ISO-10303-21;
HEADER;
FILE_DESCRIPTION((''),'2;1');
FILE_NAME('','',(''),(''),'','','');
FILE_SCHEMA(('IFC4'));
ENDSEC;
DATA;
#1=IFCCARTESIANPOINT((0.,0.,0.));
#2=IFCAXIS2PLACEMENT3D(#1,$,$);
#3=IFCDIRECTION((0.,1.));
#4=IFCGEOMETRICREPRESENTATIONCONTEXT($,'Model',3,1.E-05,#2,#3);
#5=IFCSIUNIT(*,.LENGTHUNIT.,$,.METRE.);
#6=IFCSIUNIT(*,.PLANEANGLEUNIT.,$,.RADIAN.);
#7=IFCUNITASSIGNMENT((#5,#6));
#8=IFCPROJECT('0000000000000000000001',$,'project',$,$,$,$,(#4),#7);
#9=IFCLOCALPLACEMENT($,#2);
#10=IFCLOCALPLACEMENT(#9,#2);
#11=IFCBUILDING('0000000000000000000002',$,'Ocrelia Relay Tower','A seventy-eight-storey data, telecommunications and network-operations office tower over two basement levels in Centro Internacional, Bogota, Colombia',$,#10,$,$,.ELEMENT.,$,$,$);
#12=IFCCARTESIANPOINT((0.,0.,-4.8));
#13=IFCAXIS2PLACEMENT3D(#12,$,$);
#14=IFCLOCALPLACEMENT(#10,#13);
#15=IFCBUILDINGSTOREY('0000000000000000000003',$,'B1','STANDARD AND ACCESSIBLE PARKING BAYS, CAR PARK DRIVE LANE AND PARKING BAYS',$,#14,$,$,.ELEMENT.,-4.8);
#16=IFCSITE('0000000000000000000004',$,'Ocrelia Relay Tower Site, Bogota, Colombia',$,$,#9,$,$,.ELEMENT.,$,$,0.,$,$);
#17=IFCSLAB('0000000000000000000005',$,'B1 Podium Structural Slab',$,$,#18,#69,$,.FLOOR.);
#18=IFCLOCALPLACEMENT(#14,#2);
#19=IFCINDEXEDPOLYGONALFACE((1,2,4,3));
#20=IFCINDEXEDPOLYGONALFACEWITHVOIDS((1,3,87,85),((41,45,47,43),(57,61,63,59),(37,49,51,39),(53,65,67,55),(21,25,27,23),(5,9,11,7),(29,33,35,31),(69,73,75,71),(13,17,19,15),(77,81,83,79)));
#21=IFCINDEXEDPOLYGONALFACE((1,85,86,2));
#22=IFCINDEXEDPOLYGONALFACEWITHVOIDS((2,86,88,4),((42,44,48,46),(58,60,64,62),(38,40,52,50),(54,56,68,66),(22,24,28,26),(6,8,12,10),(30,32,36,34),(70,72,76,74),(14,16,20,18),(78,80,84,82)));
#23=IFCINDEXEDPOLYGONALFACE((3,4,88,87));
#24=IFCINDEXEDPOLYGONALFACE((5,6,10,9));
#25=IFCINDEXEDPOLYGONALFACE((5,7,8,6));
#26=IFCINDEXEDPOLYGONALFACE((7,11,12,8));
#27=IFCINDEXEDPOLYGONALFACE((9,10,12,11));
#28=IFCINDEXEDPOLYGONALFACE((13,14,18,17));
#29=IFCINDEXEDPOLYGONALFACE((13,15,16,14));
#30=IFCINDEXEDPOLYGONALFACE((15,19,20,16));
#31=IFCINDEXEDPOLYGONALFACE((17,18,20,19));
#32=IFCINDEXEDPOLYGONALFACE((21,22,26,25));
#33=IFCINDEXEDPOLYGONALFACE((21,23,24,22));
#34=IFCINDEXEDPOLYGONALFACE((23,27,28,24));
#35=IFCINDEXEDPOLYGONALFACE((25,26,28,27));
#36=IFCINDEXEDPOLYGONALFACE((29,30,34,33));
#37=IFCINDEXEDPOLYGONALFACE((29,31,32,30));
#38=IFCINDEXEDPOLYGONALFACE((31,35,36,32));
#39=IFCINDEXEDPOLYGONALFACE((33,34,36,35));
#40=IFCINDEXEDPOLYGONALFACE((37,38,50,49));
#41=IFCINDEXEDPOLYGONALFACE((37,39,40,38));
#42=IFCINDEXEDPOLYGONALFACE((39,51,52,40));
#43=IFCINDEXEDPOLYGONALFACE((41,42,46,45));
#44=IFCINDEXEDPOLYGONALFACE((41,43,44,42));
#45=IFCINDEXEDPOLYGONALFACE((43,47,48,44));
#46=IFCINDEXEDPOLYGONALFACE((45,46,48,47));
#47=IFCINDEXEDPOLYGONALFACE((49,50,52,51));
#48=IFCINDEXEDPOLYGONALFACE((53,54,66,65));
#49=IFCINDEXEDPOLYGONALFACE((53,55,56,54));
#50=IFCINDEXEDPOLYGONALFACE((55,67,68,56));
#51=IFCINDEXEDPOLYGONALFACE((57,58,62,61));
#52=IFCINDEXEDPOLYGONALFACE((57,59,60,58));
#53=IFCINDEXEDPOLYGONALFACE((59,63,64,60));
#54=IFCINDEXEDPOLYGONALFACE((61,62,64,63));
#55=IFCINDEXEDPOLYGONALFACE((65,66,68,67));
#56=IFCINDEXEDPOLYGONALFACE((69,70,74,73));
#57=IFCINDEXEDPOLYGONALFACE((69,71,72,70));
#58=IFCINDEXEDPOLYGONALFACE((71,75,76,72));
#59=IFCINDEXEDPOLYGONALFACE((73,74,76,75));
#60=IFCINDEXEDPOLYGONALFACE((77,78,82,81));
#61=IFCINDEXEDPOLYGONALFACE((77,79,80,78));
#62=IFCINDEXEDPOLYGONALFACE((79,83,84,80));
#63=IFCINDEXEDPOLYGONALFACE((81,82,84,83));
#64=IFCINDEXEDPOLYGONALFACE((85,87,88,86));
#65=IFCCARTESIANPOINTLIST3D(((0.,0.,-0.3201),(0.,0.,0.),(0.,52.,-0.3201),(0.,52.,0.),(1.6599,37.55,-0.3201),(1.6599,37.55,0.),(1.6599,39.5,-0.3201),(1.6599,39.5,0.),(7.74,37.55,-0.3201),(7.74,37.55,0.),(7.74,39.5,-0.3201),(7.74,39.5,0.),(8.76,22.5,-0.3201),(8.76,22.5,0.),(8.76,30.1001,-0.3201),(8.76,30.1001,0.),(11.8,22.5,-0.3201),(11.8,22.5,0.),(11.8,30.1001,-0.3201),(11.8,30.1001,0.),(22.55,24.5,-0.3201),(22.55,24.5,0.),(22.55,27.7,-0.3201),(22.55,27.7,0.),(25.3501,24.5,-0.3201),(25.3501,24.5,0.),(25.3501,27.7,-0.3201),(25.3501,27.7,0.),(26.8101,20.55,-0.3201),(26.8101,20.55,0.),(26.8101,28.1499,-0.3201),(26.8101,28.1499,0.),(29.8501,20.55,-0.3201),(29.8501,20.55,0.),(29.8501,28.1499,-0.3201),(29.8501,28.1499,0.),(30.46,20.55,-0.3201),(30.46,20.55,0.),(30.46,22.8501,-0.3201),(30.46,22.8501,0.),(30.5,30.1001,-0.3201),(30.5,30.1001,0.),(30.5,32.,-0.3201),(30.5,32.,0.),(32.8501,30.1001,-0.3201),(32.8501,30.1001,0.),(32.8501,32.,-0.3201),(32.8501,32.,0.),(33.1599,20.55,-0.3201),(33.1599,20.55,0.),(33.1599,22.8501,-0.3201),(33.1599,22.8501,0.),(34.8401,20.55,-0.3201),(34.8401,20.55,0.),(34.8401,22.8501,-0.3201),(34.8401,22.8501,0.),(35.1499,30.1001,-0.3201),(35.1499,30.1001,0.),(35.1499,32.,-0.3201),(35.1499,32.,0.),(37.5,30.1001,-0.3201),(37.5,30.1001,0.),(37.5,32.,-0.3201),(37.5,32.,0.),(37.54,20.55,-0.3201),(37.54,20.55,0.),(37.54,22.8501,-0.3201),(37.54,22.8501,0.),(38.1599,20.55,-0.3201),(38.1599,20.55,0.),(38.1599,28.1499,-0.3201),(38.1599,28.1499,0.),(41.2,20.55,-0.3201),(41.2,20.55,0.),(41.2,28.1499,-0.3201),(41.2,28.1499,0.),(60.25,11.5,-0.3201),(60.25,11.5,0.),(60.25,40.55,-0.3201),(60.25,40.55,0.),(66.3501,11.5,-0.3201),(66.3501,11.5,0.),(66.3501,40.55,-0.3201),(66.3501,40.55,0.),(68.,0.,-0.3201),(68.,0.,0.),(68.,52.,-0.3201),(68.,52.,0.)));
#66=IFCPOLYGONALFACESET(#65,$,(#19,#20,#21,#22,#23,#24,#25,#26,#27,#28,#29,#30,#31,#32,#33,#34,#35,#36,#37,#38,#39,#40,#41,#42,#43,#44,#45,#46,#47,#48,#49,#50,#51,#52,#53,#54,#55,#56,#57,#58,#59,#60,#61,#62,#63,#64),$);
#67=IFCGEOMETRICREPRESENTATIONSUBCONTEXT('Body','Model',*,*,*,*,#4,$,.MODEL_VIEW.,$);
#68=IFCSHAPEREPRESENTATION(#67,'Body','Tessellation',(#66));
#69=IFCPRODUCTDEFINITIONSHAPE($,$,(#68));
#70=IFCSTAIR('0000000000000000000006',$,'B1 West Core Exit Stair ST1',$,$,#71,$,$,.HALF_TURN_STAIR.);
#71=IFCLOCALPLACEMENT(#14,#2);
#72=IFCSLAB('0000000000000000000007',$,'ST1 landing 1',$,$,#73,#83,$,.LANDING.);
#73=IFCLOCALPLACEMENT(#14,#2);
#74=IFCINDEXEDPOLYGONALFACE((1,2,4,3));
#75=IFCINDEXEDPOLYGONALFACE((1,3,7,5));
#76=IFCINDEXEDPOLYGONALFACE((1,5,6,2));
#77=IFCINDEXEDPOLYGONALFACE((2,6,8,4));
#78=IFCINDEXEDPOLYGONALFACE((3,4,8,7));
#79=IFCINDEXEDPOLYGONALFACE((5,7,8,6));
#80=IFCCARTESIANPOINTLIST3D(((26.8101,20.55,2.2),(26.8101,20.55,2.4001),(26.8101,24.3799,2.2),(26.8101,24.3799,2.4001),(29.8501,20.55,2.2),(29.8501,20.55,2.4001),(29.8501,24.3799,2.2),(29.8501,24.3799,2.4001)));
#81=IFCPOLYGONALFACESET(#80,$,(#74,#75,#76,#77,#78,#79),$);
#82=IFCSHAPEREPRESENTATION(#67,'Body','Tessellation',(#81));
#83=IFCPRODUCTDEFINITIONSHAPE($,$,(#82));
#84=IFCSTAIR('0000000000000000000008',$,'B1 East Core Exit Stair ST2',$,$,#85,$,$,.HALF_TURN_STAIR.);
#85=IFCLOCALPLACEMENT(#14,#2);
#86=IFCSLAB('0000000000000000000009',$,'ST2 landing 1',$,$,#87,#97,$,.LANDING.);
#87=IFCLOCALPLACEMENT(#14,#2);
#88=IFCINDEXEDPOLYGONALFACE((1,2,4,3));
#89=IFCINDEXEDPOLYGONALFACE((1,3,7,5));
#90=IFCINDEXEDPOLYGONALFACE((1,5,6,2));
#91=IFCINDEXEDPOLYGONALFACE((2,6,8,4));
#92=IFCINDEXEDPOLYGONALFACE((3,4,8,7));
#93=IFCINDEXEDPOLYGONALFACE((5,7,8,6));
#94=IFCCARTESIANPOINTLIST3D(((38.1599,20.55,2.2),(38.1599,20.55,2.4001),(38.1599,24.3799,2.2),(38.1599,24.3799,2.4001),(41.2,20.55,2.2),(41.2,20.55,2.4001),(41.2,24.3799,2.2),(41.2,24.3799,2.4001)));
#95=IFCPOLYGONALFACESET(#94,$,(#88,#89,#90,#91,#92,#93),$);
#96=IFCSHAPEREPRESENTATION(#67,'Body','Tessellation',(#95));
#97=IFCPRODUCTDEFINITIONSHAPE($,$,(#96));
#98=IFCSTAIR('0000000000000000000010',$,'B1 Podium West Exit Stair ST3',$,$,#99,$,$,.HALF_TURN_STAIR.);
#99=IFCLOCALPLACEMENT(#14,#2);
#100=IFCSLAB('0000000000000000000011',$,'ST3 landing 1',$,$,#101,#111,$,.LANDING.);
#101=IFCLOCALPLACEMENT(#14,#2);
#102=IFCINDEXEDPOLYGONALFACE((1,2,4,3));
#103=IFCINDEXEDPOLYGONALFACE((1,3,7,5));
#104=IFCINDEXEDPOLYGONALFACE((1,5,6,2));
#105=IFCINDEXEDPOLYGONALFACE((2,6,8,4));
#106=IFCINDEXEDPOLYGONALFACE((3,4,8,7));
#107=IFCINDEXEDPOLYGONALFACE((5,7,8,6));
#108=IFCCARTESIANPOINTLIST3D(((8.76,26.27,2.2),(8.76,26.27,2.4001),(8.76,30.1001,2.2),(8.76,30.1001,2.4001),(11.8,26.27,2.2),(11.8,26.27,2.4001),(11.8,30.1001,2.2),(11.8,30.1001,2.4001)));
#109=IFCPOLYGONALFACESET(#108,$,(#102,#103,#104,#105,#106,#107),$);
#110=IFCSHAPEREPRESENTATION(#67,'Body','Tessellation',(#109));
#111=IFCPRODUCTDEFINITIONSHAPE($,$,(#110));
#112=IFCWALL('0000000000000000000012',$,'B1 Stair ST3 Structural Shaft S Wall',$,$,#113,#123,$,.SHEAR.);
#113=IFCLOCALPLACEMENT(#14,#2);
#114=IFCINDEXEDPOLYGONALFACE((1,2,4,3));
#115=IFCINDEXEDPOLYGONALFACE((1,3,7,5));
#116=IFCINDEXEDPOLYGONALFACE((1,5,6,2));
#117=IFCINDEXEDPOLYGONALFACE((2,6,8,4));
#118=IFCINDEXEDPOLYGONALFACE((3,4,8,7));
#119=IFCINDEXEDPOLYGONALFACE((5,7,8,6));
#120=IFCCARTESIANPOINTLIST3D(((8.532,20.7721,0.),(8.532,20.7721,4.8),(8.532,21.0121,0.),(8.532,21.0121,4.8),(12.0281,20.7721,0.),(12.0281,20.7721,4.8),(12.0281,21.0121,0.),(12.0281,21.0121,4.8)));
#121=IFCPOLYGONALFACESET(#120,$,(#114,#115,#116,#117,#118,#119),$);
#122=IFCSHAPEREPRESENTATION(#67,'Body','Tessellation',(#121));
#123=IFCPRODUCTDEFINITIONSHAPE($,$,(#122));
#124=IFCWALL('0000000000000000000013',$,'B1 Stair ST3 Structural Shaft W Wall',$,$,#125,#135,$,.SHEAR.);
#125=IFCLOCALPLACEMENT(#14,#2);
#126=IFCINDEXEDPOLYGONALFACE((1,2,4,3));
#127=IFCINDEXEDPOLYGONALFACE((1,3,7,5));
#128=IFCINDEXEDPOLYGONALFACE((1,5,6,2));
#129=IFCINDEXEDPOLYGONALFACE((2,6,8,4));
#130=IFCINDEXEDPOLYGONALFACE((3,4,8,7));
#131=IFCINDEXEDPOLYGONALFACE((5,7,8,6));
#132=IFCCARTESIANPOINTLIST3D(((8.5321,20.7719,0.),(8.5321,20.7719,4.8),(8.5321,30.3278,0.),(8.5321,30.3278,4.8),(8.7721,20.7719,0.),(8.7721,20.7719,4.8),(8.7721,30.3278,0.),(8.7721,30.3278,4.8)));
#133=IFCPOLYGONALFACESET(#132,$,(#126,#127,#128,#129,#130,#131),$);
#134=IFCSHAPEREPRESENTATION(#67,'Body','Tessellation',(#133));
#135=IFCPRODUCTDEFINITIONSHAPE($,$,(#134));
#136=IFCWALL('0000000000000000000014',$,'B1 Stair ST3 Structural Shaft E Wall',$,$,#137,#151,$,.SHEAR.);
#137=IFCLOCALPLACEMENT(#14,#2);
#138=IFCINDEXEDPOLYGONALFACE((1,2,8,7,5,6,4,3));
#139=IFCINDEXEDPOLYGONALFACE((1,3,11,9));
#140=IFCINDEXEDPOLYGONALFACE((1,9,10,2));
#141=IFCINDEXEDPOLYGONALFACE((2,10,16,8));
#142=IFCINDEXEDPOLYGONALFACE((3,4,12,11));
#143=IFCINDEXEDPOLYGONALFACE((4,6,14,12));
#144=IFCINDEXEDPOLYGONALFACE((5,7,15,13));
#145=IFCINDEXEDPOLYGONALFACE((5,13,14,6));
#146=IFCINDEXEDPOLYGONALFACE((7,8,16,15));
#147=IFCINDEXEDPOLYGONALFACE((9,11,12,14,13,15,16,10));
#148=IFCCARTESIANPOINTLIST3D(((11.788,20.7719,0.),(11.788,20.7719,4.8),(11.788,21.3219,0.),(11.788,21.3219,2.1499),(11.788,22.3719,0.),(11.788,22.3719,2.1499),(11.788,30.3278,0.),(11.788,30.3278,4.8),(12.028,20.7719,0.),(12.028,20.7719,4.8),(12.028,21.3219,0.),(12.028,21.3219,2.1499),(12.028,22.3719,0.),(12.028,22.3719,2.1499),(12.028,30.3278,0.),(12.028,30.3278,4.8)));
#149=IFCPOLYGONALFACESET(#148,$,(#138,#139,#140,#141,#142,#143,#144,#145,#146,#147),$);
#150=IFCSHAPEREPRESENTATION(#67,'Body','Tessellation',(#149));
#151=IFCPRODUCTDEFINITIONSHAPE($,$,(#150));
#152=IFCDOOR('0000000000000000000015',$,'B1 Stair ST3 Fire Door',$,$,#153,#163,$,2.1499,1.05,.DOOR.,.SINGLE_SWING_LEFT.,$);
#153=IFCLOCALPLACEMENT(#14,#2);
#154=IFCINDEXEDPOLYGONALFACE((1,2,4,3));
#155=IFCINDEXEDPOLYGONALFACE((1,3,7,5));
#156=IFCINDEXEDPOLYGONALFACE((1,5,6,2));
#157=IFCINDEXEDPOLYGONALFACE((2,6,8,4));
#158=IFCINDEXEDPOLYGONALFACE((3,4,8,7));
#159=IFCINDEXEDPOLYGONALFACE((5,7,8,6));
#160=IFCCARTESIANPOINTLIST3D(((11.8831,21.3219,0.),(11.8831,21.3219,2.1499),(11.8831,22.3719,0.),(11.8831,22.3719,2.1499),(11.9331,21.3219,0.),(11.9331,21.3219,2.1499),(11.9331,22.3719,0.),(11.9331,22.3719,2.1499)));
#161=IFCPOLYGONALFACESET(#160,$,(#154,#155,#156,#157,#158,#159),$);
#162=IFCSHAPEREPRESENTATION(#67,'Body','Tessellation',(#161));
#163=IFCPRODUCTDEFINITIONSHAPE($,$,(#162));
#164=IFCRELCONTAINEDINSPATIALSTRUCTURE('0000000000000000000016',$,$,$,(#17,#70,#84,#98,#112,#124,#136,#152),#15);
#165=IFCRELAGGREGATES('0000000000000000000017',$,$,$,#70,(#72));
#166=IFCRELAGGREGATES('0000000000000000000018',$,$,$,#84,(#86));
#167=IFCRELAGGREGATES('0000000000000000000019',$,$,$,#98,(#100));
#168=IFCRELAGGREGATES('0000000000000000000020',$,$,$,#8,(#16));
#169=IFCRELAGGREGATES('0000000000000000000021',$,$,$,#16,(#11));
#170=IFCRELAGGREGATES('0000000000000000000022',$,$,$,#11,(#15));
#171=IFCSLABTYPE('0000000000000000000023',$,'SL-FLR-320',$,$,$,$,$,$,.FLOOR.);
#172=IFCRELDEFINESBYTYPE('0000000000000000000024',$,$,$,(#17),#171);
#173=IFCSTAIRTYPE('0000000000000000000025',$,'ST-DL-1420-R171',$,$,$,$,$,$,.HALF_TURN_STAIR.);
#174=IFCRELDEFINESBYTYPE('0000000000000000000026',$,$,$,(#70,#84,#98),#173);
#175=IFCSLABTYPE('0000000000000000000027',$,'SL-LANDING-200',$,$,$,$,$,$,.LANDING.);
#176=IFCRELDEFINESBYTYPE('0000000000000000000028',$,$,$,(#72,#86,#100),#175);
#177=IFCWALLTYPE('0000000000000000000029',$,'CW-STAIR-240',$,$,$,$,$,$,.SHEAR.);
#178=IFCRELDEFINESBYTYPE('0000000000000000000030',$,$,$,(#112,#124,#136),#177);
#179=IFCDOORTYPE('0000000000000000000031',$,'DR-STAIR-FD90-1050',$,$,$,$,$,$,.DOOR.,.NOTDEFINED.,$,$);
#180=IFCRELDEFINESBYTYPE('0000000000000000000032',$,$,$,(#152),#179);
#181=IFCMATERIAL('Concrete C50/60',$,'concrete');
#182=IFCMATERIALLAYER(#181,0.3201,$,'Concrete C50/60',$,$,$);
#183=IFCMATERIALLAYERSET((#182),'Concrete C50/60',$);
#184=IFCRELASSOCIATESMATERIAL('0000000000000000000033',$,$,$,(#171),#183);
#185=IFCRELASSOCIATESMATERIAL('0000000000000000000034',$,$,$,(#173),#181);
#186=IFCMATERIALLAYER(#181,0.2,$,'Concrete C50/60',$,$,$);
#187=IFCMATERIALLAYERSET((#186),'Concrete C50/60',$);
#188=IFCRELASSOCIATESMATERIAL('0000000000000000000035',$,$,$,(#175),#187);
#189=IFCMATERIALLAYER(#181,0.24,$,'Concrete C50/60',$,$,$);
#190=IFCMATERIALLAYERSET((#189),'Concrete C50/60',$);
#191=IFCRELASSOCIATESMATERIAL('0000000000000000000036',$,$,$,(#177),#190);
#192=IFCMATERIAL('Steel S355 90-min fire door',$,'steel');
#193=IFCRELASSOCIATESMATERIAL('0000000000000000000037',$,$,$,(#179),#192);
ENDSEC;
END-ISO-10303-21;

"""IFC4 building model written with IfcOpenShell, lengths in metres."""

from ifc_helpers import new_model, si_unit, direction, frame, frame_2d, origin, place, context, subcontext, project, spatial, polyline, rectangle, outline, extrude, material, layer, layer_set, type_object, element, fill, aggregate, save


model = new_model("IFC4")

# Units and contexts
model_context = context("Model", 3, precision=1e-05, world=origin(), true_north=direction((0.0, 1.0)))
body_context = subcontext(model_context, "Body", "Model", "MODEL_VIEW")
ifc_project = project(units=[si_unit("LENGTHUNIT", "METRE"), si_unit("PLANEANGLEUNIT", "RADIAN")], contexts=[model_context])

# Site, building, storey
site_placement = place(None, origin())
site = spatial("IfcSite", under=ifc_project, at=site_placement, Name="Ocrelia Relay Tower Site, Bogota, Colombia", CompositionType="ELEMENT", RefElevation=0.0)
building_placement = place(site_placement, origin())
building = spatial("IfcBuilding", under=site, at=building_placement, Name="Ocrelia Relay Tower", Description="A seventy-eight-storey data, telecommunications and network-operations office tower over two basement levels in Centro Internacional, Bogota, Colombia", CompositionType="ELEMENT")
storey_placement = place(building_placement, frame((0.0, 0.0, -4.8)))
storey = spatial("IfcBuildingStorey", under=building, at=storey_placement, Name="B1", Description="STANDARD AND ACCESSIBLE PARKING BAYS, CAR PARK DRIVE LANE AND PARKING BAYS", CompositionType="ELEMENT", Elevation=-4.8)

# Shared definitions
ifc_material_1 = material(Name="Concrete C50/60", Category="concrete")

# Slab
ifc_layer_1 = layer(ifc_material_1, 0.3201, Name="Concrete C50/60")
ifc_layer_set_1 = layer_set([ifc_layer_1], Name="Concrete C50/60")
slab_type_1 = type_object("IfcSlabType", Name="SL-FLR-320", PredefinedType="FLOOR", material=ifc_layer_set_1)
slab_1_placement = place(storey_placement, frame((0.0, 0.0, -0.3201)))
element("IfcSlab", 1, at=slab_1_placement, inside=storey, type_object=slab_type_1, Name="B1 Podium Structural Slab", PredefinedType="FLOOR", context=body_context, shape_type="SweptSolid", body=[
    extrude(outline(polyline([(0.0, 0.0), (68.0, 0.0), (68.0, 52.0), (0.0, 52.0), (0.0, 0.0)]), holes=[polyline([(26.8101, 28.1499), (26.8101, 20.55), (29.8501, 20.55), (29.8501, 28.1499), (26.8101, 28.1499)]), polyline([(38.1599, 28.1499), (38.1599, 20.55), (41.2, 20.55), (41.2, 28.1499), (38.1599, 28.1499)]), polyline([(11.8, 22.5), (11.8, 30.1001), (8.76, 30.1001), (8.76, 22.5), (11.8, 22.5)]), polyline([(30.46, 20.55), (33.1599, 20.55), (33.1599, 22.8501), (30.46, 22.8501), (30.46, 20.55)]), polyline([(34.8401, 20.55), (37.54, 20.55), (37.54, 22.8501), (34.8401, 22.8501), (34.8401, 20.55)]), polyline([(30.5, 30.1001), (32.8501, 30.1001), (32.8501, 32.0), (30.5, 32.0), (30.5, 30.1001)]), polyline([(35.1499, 30.1001), (37.5, 30.1001), (37.5, 32.0), (35.1499, 32.0), (35.1499, 30.1001)]), polyline([(22.55, 24.5), (25.3501, 24.5), (25.3501, 27.7), (22.55, 27.7), (22.55, 24.5)]), polyline([(60.25, 11.5), (66.3501, 11.5), (66.3501, 40.55), (60.25, 40.55), (60.25, 11.5)]), polyline([(1.6599, 37.55), (7.74, 37.55), (7.74, 39.5), (1.6599, 39.5), (1.6599, 37.55)])]), origin(), (0.0, 0.0, 1.0), 0.3201),
])

# Stairs, slabs
stair_type = type_object("IfcStairType", Name="ST-DL-1420-R171", PredefinedType="HALF_TURN_STAIR", material=ifc_material_1)
stair_1_placement = place(storey_placement, origin())
stair_1 = element("IfcStair", 2, at=stair_1_placement, inside=storey, type_object=stair_type, Name="B1 West Core Exit Stair ST1", PredefinedType="HALF_TURN_STAIR")
ifc_layer_2 = layer(ifc_material_1, 0.2, Name="Concrete C50/60")
ifc_layer_set_2 = layer_set([ifc_layer_2], Name="Concrete C50/60")
slab_type_2 = type_object("IfcSlabType", Name="SL-LANDING-200", PredefinedType="LANDING", material=ifc_layer_set_2)
slab_2_placement = place(storey_placement, frame((0.0, 0.0, 2.2)))
slab_2 = element("IfcSlab", 3, at=slab_2_placement, type_object=slab_type_2, Name="ST1 landing 1", PredefinedType="LANDING", context=body_context, shape_type="SweptSolid", body=[
    extrude(outline(polyline([(26.8101, 24.3799), (26.8101, 20.55), (29.8501, 20.55), (29.8501, 24.3799), (26.8101, 24.3799)])), origin(), (0.0, 0.0, 1.0), 0.2002),
])
aggregate(stair_1, [slab_2])
stair_2_placement = place(storey_placement, origin())
stair_2 = element("IfcStair", 4, at=stair_2_placement, inside=storey, type_object=stair_type, Name="B1 East Core Exit Stair ST2", PredefinedType="HALF_TURN_STAIR")
slab_3_placement = place(storey_placement, frame((0.0, 0.0, 2.2)))
slab_3 = element("IfcSlab", 5, at=slab_3_placement, type_object=slab_type_2, Name="ST2 landing 1", PredefinedType="LANDING", context=body_context, shape_type="SweptSolid", body=[
    extrude(outline(polyline([(38.1599, 24.3799), (38.1599, 20.55), (41.2, 20.55), (41.2, 24.3799), (38.1599, 24.3799)])), origin(), (0.0, 0.0, 1.0), 0.2002),
])
aggregate(stair_2, [slab_3])
stair_3_placement = place(storey_placement, origin())
stair_3 = element("IfcStair", 6, at=stair_3_placement, inside=storey, type_object=stair_type, Name="B1 Podium West Exit Stair ST3", PredefinedType="HALF_TURN_STAIR")
slab_4_placement = place(storey_placement, frame((0.0, 0.0, 2.2)))
slab_4 = element("IfcSlab", 7, at=slab_4_placement, type_object=slab_type_2, Name="ST3 landing 1", PredefinedType="LANDING", context=body_context, shape_type="SweptSolid", body=[
    extrude(outline(polyline([(11.8, 26.27), (11.8, 30.1001), (8.76, 30.1001), (8.76, 26.27), (11.8, 26.27)])), origin(), (0.0, 0.0, 1.0), 0.2002),
])
aggregate(stair_3, [slab_4])

# Walls
ifc_layer_3 = layer(ifc_material_1, 0.24, Name="Concrete C50/60")
ifc_layer_set_3 = layer_set([ifc_layer_3], Name="Concrete C50/60")
wall_type_1 = type_object("IfcWallType", Name="CW-STAIR-240", PredefinedType="SHEAR", material=ifc_layer_set_3)
wall_1_placement = place(storey_placement, frame((8.532, 20.8921, 0.0), z_axis=(0.0, 0.0, 1.0), x_axis=(1.0, 0.0, 0.0)))
element("IfcWall", 8, at=wall_1_placement, inside=storey, type_object=wall_type_1, Name="B1 Stair ST3 Structural Shaft S Wall", PredefinedType="SHEAR", context=body_context, shape_type="SweptSolid", body=[
    extrude(rectangle(XDim=3.4961, YDim=0.24, at=frame_2d((1.748, 0.0))), origin(), (0.0, 0.0, 1.0), 4.8),
])
wall_2_placement = place(storey_placement, frame((8.6521, 20.772, 0.0), z_axis=(0.0, 0.0, 1.0), x_axis=(0.0, 1.0, 0.0)))
element("IfcWall", 9, at=wall_2_placement, inside=storey, type_object=wall_type_1, Name="B1 Stair ST3 Structural Shaft W Wall", PredefinedType="SHEAR", context=body_context, shape_type="SweptSolid", body=[
    extrude(rectangle(XDim=9.5559, YDim=0.24, at=frame_2d((4.7778, 0.0))), origin(), (0.0, 0.0, 1.0), 4.8),
])

# Wall, opening, door
wall_3_placement = place(storey_placement, frame((11.908, 20.772, 0.0), z_axis=(0.0, 0.0, 1.0), x_axis=(0.0, 1.0, 0.0)))
wall_3 = element("IfcWall", 10, at=wall_3_placement, inside=storey, type_object=wall_type_1, Name="B1 Stair ST3 Structural Shaft E Wall", PredefinedType="SHEAR", context=body_context, shape_type="SweptSolid", body=[
    extrude(rectangle(XDim=9.5559, YDim=0.24, at=frame_2d((4.7778, 0.0))), origin(), (0.0, 0.0, 1.0), 4.8),
])
opening_1_placement = place(wall_3_placement, frame((0.55, 0.0, 0.0)))
opening_1 = element("IfcOpeningElement", 11, at=opening_1_placement, cuts=wall_3, PredefinedType="OPENING", context=body_context, shape_type="SweptSolid", body=[
    extrude(rectangle(XDim=1.05, YDim=2.1499, at=frame_2d((0.5249, 1.075))), frame((0.0, 0.1299, 0.0), z_axis=(0.0, -1.0, 0.0), x_axis=(1.0, 0.0, 0.0)), (0.0, 0.0, 1.0), 0.26),
])
ifc_material_2 = material(Name="Steel S355 90-min fire door", Category="steel")
door_type_1 = type_object("IfcDoorType", Name="DR-STAIR-FD90-1050", OperationType="NOTDEFINED", PredefinedType="DOOR", material=ifc_material_2)
door_1_placement = place(opening_1_placement, origin())
door_1 = element("IfcDoor", 12, at=door_1_placement, inside=storey, type_object=door_type_1, Name="B1 Stair ST3 Fire Door", OperationType="SINGLE_SWING_LEFT", OverallHeight=2.1499, OverallWidth=1.05, PredefinedType="DOOR", context=body_context, shape_type="SweptSolid", body=[
    extrude(rectangle(XDim=1.05, YDim=2.1499, at=frame_2d((0.5249, 1.075))), frame((0.0, 0.0249, 0.0), z_axis=(0.0, -1.0, 0.0), x_axis=(1.0, 0.0, 0.0)), (0.0, 0.0, 1.0), 0.05),
])
fill(opening_1, door_1)

save(model, "model.ifc")
